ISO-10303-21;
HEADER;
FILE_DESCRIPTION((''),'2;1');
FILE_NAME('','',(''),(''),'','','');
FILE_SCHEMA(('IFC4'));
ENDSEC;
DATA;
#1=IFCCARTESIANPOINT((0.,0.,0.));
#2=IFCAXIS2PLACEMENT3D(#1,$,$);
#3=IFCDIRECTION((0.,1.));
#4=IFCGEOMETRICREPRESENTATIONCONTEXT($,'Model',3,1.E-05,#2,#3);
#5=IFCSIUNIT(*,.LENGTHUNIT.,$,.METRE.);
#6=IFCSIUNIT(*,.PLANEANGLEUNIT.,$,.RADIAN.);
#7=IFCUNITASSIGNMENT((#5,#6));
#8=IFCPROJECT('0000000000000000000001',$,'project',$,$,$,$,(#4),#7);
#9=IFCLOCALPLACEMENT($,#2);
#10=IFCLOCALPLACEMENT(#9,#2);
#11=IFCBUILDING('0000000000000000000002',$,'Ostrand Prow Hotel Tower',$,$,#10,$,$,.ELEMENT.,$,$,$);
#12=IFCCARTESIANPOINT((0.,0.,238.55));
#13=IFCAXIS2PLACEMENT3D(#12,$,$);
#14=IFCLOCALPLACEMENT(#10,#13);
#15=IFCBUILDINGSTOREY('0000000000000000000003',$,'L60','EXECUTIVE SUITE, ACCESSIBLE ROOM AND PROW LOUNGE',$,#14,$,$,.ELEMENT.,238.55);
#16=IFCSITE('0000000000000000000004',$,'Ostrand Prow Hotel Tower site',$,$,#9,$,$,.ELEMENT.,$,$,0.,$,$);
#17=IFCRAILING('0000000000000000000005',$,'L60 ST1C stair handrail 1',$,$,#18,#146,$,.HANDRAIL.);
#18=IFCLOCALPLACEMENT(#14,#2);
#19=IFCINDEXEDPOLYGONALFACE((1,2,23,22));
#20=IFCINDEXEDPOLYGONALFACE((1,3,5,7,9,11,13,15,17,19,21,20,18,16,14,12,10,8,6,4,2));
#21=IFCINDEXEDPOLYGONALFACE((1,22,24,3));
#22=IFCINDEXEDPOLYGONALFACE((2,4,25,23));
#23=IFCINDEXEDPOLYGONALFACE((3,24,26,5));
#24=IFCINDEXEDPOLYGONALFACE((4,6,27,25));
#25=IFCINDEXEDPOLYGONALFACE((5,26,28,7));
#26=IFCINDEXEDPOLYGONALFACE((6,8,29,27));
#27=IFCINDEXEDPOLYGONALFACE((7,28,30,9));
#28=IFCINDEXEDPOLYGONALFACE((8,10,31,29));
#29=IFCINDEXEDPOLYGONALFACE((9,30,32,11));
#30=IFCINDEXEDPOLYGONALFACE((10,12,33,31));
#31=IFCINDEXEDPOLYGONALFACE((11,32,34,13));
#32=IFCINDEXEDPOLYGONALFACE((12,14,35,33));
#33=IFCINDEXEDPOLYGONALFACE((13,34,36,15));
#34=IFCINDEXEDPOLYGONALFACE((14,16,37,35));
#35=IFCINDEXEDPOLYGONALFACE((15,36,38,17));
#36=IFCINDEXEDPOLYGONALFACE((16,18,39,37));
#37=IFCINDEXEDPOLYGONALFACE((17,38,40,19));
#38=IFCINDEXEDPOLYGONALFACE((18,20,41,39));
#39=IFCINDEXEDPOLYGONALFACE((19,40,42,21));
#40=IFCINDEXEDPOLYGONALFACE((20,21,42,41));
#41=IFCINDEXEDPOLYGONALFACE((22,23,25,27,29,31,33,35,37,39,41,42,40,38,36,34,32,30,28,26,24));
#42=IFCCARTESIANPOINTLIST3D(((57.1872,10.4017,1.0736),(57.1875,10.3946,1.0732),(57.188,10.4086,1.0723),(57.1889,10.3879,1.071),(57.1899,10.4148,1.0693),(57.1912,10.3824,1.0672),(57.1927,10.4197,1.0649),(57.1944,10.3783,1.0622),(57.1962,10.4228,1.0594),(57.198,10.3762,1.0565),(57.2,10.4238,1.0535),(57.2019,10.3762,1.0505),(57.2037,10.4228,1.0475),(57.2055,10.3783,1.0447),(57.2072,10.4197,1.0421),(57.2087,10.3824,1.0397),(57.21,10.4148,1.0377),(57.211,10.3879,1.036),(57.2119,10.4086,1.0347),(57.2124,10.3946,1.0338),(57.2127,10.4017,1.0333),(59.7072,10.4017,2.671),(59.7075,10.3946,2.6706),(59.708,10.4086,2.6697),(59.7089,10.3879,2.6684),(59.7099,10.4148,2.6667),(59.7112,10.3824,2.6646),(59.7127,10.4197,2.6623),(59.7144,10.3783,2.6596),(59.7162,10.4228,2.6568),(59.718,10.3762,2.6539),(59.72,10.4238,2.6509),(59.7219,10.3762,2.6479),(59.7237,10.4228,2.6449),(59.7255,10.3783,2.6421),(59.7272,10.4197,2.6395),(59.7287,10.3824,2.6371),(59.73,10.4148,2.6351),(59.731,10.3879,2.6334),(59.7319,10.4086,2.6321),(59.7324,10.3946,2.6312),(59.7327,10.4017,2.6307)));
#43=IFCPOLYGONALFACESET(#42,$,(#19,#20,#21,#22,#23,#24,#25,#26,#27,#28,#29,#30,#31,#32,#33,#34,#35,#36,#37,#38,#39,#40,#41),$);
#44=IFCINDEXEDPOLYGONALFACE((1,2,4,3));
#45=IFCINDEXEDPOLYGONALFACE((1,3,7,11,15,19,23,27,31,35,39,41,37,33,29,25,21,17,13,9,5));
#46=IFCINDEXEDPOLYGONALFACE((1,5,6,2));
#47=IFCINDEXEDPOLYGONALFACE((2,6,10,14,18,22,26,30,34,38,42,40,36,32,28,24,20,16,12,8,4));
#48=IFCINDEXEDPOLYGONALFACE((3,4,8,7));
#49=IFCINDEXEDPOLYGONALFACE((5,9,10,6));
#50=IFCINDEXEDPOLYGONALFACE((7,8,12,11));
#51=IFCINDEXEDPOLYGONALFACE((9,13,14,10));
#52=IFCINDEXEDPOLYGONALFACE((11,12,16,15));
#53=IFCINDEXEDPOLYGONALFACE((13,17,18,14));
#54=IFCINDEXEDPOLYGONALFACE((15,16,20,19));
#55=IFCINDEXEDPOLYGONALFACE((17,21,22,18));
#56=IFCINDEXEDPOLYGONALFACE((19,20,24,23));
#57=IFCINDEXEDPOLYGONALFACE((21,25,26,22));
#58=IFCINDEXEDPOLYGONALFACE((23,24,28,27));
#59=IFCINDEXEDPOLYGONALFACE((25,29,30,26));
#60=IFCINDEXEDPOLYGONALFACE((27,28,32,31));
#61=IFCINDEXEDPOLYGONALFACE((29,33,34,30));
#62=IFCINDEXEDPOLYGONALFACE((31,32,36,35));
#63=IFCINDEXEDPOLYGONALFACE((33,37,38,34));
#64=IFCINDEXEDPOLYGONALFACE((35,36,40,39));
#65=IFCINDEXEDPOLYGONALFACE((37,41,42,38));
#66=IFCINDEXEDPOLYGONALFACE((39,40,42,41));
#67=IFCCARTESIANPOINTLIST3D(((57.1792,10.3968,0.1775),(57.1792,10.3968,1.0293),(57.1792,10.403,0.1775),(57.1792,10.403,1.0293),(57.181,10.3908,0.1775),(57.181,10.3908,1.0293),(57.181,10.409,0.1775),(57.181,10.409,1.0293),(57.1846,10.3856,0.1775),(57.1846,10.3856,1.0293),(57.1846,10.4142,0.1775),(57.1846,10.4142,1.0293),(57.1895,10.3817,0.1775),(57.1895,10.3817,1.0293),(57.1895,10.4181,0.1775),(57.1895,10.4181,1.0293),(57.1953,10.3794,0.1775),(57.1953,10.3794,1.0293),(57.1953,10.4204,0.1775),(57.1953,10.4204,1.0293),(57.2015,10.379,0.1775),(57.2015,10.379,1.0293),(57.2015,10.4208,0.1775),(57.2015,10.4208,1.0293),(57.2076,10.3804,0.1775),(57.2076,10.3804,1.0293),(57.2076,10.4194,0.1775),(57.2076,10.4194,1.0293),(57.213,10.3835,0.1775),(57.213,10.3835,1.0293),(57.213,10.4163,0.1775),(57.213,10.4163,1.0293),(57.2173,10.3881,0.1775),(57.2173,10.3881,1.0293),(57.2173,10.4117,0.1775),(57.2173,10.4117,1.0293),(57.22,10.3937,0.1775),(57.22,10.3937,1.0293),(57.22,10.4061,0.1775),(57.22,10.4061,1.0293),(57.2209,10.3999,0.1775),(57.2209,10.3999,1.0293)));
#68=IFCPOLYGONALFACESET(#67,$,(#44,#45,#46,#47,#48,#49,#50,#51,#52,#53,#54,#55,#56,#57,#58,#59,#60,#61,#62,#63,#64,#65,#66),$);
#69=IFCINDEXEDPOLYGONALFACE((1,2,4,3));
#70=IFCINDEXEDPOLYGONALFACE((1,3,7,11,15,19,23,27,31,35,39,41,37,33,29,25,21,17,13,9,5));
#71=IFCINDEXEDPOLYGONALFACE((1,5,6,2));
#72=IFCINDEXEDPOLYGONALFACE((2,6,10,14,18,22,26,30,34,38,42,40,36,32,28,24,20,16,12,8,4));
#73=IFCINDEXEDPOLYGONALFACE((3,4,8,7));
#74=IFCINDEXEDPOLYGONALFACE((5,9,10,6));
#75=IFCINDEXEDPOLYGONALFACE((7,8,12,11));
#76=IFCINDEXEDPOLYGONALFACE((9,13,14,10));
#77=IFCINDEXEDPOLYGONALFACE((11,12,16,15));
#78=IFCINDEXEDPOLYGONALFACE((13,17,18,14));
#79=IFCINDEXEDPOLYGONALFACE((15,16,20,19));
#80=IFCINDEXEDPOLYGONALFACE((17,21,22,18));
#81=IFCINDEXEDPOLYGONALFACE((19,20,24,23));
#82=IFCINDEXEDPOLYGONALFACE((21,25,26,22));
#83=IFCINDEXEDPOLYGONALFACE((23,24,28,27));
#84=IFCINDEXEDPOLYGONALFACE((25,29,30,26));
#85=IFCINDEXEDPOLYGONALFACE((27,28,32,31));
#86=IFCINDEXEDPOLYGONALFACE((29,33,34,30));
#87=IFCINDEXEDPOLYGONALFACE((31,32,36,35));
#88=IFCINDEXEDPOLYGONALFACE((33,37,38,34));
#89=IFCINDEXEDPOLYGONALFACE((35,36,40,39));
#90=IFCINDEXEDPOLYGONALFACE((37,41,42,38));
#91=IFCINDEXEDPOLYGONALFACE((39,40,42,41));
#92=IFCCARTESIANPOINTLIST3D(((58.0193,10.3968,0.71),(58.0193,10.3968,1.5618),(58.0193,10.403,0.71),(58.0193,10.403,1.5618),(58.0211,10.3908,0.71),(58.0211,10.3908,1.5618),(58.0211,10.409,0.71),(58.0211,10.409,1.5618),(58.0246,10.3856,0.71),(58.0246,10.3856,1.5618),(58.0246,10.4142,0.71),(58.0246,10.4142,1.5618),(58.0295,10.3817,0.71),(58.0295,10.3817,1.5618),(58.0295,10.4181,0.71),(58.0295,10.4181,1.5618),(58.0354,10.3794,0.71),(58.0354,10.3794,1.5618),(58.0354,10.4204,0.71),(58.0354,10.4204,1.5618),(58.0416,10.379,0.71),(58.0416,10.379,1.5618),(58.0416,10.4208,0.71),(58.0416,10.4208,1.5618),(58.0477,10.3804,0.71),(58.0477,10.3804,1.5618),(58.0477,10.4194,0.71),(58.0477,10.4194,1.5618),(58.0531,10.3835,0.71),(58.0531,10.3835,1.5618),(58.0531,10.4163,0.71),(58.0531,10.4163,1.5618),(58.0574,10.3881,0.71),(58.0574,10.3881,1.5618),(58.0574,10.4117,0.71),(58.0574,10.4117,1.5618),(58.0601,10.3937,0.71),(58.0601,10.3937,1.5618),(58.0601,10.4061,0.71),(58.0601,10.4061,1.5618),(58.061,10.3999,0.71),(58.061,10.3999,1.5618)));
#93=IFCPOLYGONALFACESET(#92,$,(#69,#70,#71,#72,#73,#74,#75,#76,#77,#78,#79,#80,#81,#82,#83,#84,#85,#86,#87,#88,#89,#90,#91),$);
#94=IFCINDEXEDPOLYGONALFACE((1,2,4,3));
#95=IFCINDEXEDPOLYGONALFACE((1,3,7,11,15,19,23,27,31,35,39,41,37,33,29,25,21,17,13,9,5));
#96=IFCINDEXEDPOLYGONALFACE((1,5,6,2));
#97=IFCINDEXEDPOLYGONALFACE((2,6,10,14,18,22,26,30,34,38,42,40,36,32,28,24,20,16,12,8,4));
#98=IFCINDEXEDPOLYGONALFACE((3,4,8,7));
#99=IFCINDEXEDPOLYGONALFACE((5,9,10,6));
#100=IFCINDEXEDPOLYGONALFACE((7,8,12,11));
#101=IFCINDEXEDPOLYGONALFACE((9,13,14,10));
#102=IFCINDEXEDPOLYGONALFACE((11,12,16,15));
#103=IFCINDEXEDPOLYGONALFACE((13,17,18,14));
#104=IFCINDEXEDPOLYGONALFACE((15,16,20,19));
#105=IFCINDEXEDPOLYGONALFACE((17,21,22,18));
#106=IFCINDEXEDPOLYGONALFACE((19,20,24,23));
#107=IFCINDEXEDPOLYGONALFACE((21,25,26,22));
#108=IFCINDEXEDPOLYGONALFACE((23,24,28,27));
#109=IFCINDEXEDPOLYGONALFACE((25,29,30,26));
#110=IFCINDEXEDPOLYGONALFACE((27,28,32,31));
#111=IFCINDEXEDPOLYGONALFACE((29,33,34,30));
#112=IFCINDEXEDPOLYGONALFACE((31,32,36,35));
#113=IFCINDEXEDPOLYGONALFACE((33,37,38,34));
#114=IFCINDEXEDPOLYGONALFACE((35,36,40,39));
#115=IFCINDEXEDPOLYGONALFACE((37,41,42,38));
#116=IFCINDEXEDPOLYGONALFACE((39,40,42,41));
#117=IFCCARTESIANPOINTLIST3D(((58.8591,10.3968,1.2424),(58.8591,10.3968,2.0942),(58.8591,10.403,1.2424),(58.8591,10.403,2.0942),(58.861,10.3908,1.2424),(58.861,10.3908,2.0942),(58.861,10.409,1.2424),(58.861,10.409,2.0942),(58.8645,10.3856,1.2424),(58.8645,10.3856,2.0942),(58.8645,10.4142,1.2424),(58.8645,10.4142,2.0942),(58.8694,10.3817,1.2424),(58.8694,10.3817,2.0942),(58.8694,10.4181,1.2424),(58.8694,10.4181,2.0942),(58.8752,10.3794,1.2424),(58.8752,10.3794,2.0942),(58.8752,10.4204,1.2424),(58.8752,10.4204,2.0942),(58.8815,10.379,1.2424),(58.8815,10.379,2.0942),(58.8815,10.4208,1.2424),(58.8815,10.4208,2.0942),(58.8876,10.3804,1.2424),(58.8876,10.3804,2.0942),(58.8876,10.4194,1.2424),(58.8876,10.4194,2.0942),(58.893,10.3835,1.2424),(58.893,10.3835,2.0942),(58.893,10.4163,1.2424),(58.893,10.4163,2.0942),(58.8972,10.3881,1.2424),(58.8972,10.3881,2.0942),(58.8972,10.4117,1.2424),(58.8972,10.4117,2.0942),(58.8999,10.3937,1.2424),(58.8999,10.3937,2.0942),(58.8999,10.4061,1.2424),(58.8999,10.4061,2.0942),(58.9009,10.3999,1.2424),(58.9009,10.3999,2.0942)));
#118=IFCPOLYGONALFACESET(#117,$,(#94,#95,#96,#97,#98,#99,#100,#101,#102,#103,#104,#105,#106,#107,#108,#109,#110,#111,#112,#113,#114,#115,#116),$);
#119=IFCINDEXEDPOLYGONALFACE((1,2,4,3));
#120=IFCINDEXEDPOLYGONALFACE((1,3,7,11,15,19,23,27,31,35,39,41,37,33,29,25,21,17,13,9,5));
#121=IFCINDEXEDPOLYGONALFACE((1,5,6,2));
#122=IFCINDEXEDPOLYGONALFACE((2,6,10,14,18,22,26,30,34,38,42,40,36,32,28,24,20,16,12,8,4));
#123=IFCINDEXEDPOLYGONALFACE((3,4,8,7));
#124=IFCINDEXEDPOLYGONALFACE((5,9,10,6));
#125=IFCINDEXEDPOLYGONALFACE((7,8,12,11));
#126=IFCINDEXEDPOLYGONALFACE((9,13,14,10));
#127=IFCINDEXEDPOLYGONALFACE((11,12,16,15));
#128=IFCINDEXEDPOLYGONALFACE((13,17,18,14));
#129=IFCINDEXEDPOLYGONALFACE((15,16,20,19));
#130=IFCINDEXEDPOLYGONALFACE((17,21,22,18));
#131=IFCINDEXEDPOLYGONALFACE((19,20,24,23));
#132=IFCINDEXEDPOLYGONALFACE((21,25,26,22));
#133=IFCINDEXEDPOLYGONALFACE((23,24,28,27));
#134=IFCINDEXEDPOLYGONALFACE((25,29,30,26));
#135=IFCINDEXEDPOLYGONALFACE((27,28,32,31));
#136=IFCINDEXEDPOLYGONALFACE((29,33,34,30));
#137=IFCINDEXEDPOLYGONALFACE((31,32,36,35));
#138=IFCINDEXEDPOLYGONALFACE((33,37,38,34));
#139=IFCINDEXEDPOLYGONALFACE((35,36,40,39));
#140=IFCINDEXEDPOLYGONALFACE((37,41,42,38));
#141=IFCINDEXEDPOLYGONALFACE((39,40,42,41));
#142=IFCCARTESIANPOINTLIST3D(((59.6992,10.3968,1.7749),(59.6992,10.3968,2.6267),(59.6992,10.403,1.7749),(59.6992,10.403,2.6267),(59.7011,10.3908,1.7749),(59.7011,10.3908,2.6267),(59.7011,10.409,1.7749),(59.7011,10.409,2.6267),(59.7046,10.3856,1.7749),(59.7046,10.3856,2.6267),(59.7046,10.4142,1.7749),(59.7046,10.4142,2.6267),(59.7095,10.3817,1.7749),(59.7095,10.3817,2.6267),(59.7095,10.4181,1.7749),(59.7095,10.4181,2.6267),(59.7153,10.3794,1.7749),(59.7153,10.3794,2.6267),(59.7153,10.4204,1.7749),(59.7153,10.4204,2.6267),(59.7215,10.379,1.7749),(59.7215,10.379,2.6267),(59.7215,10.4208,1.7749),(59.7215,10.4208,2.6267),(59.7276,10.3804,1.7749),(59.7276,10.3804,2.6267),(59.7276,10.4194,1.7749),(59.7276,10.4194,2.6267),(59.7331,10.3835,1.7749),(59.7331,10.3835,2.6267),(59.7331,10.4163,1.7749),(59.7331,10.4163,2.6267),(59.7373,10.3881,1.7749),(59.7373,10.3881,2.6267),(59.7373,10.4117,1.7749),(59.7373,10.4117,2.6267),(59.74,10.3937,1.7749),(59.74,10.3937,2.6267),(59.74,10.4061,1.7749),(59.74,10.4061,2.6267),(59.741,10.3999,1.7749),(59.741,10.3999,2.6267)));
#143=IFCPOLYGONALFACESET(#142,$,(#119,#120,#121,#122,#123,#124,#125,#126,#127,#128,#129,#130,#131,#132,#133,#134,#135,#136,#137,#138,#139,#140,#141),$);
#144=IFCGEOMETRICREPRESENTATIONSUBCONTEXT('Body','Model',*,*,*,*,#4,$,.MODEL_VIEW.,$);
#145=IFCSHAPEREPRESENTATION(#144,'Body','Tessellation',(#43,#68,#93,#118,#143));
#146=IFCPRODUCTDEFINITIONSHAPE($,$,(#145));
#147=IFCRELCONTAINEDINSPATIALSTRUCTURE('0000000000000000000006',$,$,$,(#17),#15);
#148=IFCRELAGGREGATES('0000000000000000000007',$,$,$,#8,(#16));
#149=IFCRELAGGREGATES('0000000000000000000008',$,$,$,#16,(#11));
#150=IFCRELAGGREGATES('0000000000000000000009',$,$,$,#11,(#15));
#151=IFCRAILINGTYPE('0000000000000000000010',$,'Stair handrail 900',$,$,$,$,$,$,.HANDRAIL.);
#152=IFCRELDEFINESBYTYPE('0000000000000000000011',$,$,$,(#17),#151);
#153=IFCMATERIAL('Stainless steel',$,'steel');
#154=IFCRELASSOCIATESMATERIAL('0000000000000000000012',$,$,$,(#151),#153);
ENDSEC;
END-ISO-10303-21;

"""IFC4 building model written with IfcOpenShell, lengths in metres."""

from ifc_helpers import new_model, si_unit, direction, frame, origin, origin_2d, place, context, subcontext, project, spatial, circle, extrude, material, type_object, element, save


model = new_model("IFC4")

# Units and contexts
model_context = context("Model", 3, precision=1e-05, world=origin(), true_north=direction((0.0, 1.0)))
body_context = subcontext(model_context, "Body", "Model", "MODEL_VIEW")
ifc_project = project(units=[si_unit("LENGTHUNIT", "METRE"), si_unit("PLANEANGLEUNIT", "RADIAN")], contexts=[model_context])

# Site, building, storey
site_placement = place(None, origin())
site = spatial("IfcSite", under=ifc_project, at=site_placement, Name="Ostrand Prow Hotel Tower site", CompositionType="ELEMENT", RefElevation=0.0)
building_placement = place(site_placement, origin())
building = spatial("IfcBuilding", under=site, at=building_placement, Name="Ostrand Prow Hotel Tower", CompositionType="ELEMENT")
storey_placement = place(building_placement, frame((0.0, 0.0, 238.55)))
storey = spatial("IfcBuildingStorey", under=building, at=storey_placement, Name="L60", Description="EXECUTIVE SUITE, ACCESSIBLE ROOM AND PROW LOUNGE", CompositionType="ELEMENT", Elevation=238.55)

# Railing
ifc_material_1 = material(Name="Stainless steel", Category="steel")
railing_type_1 = type_object("IfcRailingType", Name="Stair handrail 900", PredefinedType="HANDRAIL", material=ifc_material_1)
railing_1_placement = place(storey_placement, frame((57.2, 10.3999, 0.1775)))
element("IfcRailing", 1, at=railing_1_placement, inside=storey, type_object=railing_type_1, Name="L60 ST1C stair handrail 1", PredefinedType="HANDRAIL", context=body_context, shape_type="SweptSolid", body=[
    extrude(circle(Radius=0.0239, at=origin_2d()), frame((0.0, 0.0, 0.876), z_axis=(0.844607, 0.0, 0.535387), x_axis=(0.0, 1.0, 0.0)), (0.0, 0.0, 1.0), 2.9836),
    extrude(circle(Radius=0.021, at=origin_2d()), origin(), (0.0, 0.0, 1.0), 0.8518),
    extrude(circle(Radius=0.021, at=origin_2d()), frame((0.8401, 0.0, 0.5325)), (0.0, 0.0, 1.0), 0.8518),
    extrude(circle(Radius=0.021, at=origin_2d()), frame((1.6799, 0.0, 1.0649)), (0.0, 0.0, 1.0), 0.8518),
    extrude(circle(Radius=0.021, at=origin_2d()), frame((2.52, 0.0, 1.5974)), (0.0, 0.0, 1.0), 0.8518),
])

save(model, "model.ifc")
